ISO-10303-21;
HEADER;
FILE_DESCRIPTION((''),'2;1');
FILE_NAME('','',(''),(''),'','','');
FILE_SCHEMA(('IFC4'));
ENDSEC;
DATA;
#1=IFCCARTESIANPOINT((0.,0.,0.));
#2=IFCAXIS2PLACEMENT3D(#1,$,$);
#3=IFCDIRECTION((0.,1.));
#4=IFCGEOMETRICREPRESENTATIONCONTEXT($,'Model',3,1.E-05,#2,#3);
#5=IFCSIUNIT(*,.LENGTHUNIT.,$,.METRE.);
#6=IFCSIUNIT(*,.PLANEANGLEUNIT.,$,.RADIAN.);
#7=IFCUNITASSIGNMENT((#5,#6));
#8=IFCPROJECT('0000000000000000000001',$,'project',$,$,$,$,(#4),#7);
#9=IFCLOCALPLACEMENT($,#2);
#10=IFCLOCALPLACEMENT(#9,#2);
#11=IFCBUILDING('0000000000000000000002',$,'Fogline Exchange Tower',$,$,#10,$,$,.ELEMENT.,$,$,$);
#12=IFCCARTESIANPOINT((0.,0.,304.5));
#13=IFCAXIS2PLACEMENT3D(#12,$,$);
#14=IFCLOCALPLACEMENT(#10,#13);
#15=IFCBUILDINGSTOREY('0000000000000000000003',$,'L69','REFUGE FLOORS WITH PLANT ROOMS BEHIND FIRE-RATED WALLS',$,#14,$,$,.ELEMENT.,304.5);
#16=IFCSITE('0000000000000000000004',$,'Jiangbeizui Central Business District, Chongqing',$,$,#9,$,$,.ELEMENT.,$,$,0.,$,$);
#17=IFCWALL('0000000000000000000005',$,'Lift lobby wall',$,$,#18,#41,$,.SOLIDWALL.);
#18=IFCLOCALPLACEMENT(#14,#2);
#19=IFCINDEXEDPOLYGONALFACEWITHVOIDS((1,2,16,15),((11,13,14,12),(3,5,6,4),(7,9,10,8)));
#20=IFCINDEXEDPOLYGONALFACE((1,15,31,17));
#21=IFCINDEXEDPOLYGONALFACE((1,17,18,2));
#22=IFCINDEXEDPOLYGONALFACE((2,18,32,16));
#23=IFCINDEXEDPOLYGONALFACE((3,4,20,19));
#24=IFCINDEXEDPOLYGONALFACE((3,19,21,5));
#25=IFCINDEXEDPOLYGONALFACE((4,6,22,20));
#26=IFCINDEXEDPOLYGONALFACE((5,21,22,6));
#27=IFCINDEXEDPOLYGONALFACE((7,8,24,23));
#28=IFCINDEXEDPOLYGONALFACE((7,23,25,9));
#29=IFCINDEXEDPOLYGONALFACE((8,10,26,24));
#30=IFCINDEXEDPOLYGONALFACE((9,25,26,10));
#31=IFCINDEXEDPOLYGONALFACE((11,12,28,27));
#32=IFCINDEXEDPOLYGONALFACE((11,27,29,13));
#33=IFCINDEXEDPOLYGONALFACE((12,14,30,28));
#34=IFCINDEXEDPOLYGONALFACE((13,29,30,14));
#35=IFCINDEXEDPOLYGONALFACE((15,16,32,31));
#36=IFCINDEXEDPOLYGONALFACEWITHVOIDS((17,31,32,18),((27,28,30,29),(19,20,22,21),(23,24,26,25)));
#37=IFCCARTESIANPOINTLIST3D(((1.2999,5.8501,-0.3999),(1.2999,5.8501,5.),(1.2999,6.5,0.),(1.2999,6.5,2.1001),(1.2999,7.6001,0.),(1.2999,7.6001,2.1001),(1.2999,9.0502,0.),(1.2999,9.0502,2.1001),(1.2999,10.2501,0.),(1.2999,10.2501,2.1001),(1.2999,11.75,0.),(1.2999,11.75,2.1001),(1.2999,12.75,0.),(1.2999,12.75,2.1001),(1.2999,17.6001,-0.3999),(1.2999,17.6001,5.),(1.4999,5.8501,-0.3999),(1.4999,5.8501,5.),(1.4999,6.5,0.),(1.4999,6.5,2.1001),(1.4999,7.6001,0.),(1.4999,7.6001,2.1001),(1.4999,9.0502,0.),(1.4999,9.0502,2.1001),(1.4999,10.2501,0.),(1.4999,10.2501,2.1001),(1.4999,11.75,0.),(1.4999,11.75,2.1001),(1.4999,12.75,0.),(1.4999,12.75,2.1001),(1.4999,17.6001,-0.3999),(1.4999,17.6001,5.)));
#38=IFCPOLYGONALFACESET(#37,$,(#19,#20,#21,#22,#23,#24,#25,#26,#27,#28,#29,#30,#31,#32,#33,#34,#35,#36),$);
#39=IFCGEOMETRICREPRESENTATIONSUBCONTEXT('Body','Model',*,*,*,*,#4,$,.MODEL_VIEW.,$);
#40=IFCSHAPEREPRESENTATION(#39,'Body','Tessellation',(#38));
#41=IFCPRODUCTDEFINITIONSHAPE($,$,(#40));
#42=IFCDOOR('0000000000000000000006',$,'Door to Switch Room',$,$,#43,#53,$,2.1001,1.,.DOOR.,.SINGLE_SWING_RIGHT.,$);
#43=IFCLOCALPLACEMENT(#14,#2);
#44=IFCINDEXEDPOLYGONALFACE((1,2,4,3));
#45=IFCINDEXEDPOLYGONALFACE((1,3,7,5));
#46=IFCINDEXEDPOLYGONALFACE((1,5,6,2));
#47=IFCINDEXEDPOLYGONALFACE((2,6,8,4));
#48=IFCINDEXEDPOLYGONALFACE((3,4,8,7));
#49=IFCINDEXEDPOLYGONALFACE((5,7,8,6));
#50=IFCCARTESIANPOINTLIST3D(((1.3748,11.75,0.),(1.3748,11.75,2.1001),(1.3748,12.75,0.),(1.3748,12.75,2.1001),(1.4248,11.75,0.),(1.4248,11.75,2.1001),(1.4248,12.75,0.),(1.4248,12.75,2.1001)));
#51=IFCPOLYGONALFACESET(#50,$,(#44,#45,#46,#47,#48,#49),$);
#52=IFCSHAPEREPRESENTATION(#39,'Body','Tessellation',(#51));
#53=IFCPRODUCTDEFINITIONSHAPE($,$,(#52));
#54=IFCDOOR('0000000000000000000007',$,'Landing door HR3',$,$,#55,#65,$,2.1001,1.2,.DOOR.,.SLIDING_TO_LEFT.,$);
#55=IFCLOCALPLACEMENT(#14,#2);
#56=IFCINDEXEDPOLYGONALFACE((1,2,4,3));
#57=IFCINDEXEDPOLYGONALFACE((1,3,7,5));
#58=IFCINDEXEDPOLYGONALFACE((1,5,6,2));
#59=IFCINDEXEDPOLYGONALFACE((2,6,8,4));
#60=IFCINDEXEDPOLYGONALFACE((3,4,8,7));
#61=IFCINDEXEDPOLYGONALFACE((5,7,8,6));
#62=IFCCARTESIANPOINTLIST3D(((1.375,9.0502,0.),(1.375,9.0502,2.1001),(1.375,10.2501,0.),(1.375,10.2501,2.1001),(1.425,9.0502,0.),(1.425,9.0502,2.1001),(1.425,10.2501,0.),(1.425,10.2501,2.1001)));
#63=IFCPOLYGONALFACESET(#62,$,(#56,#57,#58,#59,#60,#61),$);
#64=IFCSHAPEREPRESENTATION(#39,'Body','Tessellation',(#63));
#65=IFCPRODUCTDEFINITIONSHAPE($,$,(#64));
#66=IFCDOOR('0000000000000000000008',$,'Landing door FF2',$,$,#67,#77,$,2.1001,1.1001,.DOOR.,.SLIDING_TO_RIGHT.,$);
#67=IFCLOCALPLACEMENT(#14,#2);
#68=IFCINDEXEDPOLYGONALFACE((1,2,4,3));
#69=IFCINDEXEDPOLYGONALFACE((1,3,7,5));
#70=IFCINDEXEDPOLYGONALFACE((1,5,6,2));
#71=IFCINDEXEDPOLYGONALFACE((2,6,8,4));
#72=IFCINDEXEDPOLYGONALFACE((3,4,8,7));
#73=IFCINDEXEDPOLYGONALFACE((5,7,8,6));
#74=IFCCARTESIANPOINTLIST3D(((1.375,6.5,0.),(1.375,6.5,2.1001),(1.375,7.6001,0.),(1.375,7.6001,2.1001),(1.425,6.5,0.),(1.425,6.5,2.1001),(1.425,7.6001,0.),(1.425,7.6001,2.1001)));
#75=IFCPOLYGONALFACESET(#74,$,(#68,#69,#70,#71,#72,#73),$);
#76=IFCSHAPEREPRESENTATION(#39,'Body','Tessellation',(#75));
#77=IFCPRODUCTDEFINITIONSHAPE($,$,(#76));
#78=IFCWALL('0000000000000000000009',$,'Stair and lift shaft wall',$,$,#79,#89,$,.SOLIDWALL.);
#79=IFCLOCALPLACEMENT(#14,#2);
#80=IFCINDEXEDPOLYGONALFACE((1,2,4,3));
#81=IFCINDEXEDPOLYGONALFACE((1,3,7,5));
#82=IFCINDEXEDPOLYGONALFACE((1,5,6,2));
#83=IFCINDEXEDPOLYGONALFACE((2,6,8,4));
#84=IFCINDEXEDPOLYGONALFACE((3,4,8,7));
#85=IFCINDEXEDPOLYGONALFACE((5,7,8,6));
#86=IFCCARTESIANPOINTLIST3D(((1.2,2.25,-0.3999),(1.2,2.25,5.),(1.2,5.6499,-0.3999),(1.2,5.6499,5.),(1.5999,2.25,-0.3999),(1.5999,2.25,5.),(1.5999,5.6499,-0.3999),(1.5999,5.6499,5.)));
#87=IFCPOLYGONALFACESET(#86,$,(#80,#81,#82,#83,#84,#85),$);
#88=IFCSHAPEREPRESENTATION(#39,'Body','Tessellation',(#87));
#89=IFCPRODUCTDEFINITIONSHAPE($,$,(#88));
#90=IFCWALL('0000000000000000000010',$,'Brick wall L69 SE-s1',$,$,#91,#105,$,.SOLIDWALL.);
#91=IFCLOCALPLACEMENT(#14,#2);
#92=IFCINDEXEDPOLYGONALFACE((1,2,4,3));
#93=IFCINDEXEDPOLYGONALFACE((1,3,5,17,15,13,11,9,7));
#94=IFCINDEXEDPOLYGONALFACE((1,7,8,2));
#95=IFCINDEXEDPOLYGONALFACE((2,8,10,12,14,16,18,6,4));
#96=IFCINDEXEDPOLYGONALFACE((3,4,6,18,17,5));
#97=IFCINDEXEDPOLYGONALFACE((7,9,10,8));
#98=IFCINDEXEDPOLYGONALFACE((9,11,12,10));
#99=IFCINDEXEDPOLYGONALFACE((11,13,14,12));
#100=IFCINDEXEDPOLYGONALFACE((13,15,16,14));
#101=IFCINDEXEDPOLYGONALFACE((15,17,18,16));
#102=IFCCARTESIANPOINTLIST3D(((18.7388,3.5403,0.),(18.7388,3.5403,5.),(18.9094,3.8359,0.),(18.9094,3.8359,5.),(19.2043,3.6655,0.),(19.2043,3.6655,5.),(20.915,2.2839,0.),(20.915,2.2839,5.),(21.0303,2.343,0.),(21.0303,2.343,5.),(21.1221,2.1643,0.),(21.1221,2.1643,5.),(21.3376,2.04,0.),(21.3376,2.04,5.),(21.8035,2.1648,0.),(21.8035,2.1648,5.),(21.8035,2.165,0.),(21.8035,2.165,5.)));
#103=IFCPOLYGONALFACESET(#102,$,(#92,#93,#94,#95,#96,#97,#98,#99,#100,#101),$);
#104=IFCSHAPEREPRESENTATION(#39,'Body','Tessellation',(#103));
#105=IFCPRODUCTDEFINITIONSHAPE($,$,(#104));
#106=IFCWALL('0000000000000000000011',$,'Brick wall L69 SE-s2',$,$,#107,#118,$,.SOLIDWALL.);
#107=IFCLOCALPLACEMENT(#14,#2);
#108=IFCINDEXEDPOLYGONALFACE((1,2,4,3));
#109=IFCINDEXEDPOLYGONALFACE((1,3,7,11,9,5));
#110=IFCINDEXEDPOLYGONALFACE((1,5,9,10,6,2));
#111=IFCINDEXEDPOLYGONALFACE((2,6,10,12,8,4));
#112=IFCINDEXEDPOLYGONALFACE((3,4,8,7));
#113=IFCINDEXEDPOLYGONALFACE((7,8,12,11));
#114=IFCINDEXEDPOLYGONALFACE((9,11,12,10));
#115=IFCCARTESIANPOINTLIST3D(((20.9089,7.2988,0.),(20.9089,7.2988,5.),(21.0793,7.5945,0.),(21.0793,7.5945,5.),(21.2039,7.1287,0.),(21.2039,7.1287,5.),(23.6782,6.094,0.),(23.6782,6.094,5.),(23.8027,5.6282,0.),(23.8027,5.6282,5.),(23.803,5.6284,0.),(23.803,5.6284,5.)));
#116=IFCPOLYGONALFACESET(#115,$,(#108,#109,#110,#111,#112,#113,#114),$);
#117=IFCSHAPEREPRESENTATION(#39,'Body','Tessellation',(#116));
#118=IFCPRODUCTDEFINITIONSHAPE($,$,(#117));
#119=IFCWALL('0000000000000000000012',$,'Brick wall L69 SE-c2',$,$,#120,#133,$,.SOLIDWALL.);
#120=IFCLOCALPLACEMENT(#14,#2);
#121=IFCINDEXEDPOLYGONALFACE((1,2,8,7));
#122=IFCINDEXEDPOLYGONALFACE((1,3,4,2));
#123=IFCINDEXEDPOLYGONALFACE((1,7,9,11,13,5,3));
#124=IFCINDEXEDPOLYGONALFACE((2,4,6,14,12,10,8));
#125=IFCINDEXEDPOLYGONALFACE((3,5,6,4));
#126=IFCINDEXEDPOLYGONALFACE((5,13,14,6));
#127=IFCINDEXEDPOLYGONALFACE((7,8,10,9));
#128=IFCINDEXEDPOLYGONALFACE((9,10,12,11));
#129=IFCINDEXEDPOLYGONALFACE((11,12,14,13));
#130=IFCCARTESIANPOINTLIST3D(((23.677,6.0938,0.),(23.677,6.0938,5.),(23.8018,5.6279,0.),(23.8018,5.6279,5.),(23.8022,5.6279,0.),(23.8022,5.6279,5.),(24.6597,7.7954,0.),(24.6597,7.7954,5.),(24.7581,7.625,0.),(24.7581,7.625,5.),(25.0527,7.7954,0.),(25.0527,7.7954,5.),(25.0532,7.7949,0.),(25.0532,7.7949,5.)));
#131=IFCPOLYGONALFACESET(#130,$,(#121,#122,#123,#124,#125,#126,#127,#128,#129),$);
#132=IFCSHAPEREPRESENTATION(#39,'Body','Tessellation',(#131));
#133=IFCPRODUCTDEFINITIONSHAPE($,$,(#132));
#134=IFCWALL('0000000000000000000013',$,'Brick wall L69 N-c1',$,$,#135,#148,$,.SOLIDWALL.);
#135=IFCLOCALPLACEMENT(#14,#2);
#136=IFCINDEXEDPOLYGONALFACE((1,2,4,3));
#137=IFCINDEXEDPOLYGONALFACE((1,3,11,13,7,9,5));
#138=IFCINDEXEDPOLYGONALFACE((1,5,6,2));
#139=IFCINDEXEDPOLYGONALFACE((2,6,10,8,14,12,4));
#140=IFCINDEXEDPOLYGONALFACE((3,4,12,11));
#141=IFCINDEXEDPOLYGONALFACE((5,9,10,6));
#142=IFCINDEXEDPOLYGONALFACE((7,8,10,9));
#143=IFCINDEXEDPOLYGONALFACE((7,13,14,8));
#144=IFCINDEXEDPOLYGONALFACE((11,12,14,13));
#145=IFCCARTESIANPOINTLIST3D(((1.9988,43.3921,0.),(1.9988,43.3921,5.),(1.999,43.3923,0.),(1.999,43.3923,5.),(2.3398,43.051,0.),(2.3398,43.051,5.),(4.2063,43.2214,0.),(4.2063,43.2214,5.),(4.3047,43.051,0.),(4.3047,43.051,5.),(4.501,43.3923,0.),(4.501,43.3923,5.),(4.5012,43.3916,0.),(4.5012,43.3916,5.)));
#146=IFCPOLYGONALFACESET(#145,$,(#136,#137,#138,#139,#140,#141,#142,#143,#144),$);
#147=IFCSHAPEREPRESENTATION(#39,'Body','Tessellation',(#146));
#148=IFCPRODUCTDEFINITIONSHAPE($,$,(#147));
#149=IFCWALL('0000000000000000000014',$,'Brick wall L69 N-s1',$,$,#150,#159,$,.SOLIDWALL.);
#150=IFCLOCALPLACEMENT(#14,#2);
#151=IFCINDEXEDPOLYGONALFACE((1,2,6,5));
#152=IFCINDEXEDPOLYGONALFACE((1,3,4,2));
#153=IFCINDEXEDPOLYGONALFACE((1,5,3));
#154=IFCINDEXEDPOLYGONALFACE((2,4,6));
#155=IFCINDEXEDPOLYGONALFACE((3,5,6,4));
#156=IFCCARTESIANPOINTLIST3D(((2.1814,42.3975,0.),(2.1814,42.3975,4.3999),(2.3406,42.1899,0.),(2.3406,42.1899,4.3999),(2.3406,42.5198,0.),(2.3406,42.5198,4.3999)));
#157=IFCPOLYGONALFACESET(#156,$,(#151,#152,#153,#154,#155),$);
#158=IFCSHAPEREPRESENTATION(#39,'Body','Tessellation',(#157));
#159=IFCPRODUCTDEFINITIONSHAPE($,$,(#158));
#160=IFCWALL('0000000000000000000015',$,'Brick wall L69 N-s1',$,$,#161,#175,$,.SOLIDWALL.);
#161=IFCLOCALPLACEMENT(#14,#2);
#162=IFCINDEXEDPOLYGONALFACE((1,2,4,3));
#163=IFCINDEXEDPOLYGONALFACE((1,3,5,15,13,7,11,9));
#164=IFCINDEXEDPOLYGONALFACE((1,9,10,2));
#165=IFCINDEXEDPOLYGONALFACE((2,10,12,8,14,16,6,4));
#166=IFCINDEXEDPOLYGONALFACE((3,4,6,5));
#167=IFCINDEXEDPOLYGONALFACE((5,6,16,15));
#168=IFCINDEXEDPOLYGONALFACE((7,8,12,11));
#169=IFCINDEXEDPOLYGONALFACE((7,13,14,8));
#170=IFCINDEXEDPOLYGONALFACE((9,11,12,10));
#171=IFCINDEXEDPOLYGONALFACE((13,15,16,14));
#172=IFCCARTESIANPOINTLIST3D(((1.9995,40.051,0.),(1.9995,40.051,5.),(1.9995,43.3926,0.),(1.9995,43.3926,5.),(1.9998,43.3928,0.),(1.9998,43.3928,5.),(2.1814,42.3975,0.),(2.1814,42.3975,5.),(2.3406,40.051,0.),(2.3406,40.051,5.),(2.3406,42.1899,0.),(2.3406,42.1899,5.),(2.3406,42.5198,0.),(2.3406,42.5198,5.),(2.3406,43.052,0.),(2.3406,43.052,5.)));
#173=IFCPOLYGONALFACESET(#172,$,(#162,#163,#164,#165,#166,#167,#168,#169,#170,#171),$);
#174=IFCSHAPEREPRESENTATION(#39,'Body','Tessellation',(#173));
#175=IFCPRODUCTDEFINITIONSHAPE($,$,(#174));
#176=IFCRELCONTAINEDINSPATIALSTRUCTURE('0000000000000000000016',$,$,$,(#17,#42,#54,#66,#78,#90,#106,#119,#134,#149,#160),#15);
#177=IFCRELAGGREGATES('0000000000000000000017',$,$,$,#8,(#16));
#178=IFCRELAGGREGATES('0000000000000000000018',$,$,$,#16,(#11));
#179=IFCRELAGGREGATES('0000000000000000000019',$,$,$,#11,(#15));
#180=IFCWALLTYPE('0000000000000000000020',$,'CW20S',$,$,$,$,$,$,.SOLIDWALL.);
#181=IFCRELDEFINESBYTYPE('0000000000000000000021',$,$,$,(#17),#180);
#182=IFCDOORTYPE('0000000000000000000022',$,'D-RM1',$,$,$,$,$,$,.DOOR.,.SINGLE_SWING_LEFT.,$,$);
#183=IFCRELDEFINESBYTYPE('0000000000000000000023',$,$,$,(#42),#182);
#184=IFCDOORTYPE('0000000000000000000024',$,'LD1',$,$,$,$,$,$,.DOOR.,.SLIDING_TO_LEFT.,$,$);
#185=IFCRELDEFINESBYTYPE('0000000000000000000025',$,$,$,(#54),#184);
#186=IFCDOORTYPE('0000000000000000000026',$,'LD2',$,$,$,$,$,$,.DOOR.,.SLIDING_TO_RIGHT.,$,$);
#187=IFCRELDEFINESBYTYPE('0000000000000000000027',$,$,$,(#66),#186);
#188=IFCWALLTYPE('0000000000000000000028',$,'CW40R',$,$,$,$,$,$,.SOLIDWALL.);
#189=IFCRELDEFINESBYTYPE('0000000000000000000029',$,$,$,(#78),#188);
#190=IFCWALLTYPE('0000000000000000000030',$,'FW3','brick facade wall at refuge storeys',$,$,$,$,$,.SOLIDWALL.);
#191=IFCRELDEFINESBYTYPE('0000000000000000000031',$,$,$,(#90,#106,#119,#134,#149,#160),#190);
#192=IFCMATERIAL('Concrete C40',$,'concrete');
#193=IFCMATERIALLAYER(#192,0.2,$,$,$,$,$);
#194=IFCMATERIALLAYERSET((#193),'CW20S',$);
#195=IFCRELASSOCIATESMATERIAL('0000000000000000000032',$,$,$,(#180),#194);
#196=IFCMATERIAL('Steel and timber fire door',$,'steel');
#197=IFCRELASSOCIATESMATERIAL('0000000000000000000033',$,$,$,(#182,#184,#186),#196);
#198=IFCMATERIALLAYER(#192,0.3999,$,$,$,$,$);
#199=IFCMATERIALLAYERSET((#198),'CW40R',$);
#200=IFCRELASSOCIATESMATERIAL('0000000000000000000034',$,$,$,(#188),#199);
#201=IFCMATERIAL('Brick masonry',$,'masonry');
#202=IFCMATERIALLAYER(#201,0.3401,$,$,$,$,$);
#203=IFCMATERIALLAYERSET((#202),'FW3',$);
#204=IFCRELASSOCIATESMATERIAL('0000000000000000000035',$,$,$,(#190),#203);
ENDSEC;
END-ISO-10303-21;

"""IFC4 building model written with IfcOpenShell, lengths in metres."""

from ifc_helpers import new_model, si_unit, direction, frame, frame_2d, origin, place, context, subcontext, project, spatial, polyline, rectangle, outline, extrude, material, layer, layer_set, type_object, element, fill, save


model = new_model("IFC4")

# Units and contexts
model_context = context("Model", 3, precision=1e-05, world=origin(), true_north=direction((0.0, 1.0)))
body_context = subcontext(model_context, "Body", "Model", "MODEL_VIEW")
ifc_project = project(units=[si_unit("LENGTHUNIT", "METRE"), si_unit("PLANEANGLEUNIT", "RADIAN")], contexts=[model_context])

# Site, building, storey
site_placement = place(None, origin())
site = spatial("IfcSite", under=ifc_project, at=site_placement, Name="Jiangbeizui Central Business District, Chongqing", CompositionType="ELEMENT", RefElevation=0.0)
building_placement = place(site_placement, origin())
building = spatial("IfcBuilding", under=site, at=building_placement, Name="Fogline Exchange Tower", CompositionType="ELEMENT")
storey_placement = place(building_placement, frame((0.0, 0.0, 304.5)))
storey = spatial("IfcBuildingStorey", under=building, at=storey_placement, Name="L69", Description="REFUGE FLOORS WITH PLANT ROOMS BEHIND FIRE-RATED WALLS", CompositionType="ELEMENT", Elevation=304.5)

# Shared definitions
ifc_material_1 = material(Name="Concrete C40", Category="concrete")

# Wall, openings, doors
ifc_layer_1 = layer(ifc_material_1, 0.2)
ifc_layer_set_1 = layer_set([ifc_layer_1], Name="CW20S")
wall_type_1 = type_object("IfcWallType", Name="CW20S", PredefinedType="SOLIDWALL", material=ifc_layer_set_1)
wall_1_placement = place(storey_placement, frame((1.3999, 5.8501, -0.3999), z_axis=(0.0, 0.0, 1.0), x_axis=(0.0, 1.0, 0.0)))
wall_1 = element("IfcWall", 1, at=wall_1_placement, inside=storey, type_object=wall_type_1, Name="Lift lobby wall", PredefinedType="SOLIDWALL", context=body_context, shape_type="SweptSolid", body=[
    extrude(rectangle(XDim=11.75, YDim=0.2, at=frame_2d((5.875, 0.0))), origin(), (0.0, 0.0, 1.0), 5.3999),
])
opening_1_placement = place(wall_1_placement, frame((3.2, 0.0, 0.3999)))
opening_1 = element("IfcOpeningElement", 2, at=opening_1_placement, cuts=wall_1, PredefinedType="OPENING", context=body_context, shape_type="SweptSolid", body=[
    extrude(rectangle(XDim=1.2, YDim=2.1001, at=frame_2d((0.6001, 1.05))), frame((0.0, 0.1099, 0.0), z_axis=(0.0, -1.0, 0.0), x_axis=(1.0, 0.0, 0.0)), (0.0, 0.0, 1.0), 0.22),
])
opening_2_placement = place(wall_1_placement, frame((0.6499, 0.0, 0.3999)))
opening_2 = element("IfcOpeningElement", 3, at=opening_2_placement, cuts=wall_1, PredefinedType="OPENING", context=body_context, shape_type="SweptSolid", body=[
    extrude(rectangle(XDim=1.1001, YDim=2.1001, at=frame_2d((0.55, 1.05))), frame((0.0, 0.1099, 0.0), z_axis=(0.0, -1.0, 0.0), x_axis=(1.0, 0.0, 0.0)), (0.0, 0.0, 1.0), 0.22),
])
opening_3_placement = place(wall_1_placement, frame((5.8999, 0.0, 0.3999)))
opening_3 = element("IfcOpeningElement", 4, at=opening_3_placement, cuts=wall_1, PredefinedType="OPENING", context=body_context, shape_type="SweptSolid", body=[
    extrude(rectangle(XDim=1.0, YDim=2.1001, at=frame_2d((0.5, 1.05))), frame((0.0, 0.1099, 0.0), z_axis=(0.0, -1.0, 0.0), x_axis=(1.0, 0.0, 0.0)), (0.0, 0.0, 1.0), 0.22),
])
ifc_material_2 = material(Name="Steel and timber fire door", Category="steel")
door_type_1 = type_object("IfcDoorType", Name="D-RM1", OperationType="SINGLE_SWING_LEFT", PredefinedType="DOOR", material=ifc_material_2)
door_1_placement = place(opening_3_placement, frame((1.0, 0.0, 0.0), z_axis=(0.0, 0.0, 1.0), x_axis=(-1.0, 0.0, 0.0)))
door_1 = element("IfcDoor", 5, at=door_1_placement, inside=storey, type_object=door_type_1, Name="Door to Switch Room", OperationType="SINGLE_SWING_RIGHT", OverallHeight=2.1001, OverallWidth=1.0, PredefinedType="DOOR", context=body_context, shape_type="SweptSolid", body=[
    extrude(rectangle(XDim=1.0, YDim=2.1001, at=frame_2d((0.5, 1.05))), frame((0.0, 0.0249, 0.0), z_axis=(0.0, -1.0, 0.0), x_axis=(1.0, 0.0, 0.0)), (0.0, 0.0, 1.0), 0.05),
])
fill(opening_3, door_1)
door_type_2 = type_object("IfcDoorType", Name="LD1", OperationType="SLIDING_TO_LEFT", PredefinedType="DOOR", material=ifc_material_2)
door_2_placement = place(opening_1_placement, origin())
door_2 = element("IfcDoor", 6, at=door_2_placement, inside=storey, type_object=door_type_2, Name="Landing door HR3", OperationType="SLIDING_TO_LEFT", OverallHeight=2.1001, OverallWidth=1.2, PredefinedType="DOOR", context=body_context, shape_type="SweptSolid", body=[
    extrude(rectangle(XDim=1.2, YDim=2.1001, at=frame_2d((0.6001, 1.05))), frame((0.0, 0.0249, 0.0), z_axis=(0.0, -1.0, 0.0), x_axis=(1.0, 0.0, 0.0)), (0.0, 0.0, 1.0), 0.05),
])
fill(opening_1, door_2)
door_type_3 = type_object("IfcDoorType", Name="LD2", OperationType="SLIDING_TO_RIGHT", PredefinedType="DOOR", material=ifc_material_2)
door_3_placement = place(opening_2_placement, origin())
door_3 = element("IfcDoor", 7, at=door_3_placement, inside=storey, type_object=door_type_3, Name="Landing door FF2", OperationType="SLIDING_TO_RIGHT", OverallHeight=2.1001, OverallWidth=1.1001, PredefinedType="DOOR", context=body_context, shape_type="SweptSolid", body=[
    extrude(rectangle(XDim=1.1001, YDim=2.1001, at=frame_2d((0.55, 1.05))), frame((0.0, 0.0249, 0.0), z_axis=(0.0, -1.0, 0.0), x_axis=(1.0, 0.0, 0.0)), (0.0, 0.0, 1.0), 0.05),
])
fill(opening_2, door_3)

# Walls
ifc_layer_2 = layer(ifc_material_1, 0.3999)
ifc_layer_set_2 = layer_set([ifc_layer_2], Name="CW40R")
wall_type_2 = type_object("IfcWallType", Name="CW40R", PredefinedType="SOLIDWALL", material=ifc_layer_set_2)
wall_2_placement = place(storey_placement, frame((1.3999, 2.25, -0.3999), z_axis=(0.0, 0.0, 1.0), x_axis=(0.0, 1.0, 0.0)))
element("IfcWall", 8, at=wall_2_placement, inside=storey, type_object=wall_type_2, Name="Stair and lift shaft wall", PredefinedType="SOLIDWALL", context=body_context, shape_type="SweptSolid", body=[
    extrude(rectangle(XDim=3.3999, YDim=0.3999, at=frame_2d((1.7, 0.0))), origin(), (0.0, 0.0, 1.0), 5.3999),
])
ifc_material_3 = material(Name="Brick masonry", Category="masonry")
ifc_layer_3 = layer(ifc_material_3, 0.3401)
ifc_layer_set_3 = layer_set([ifc_layer_3], Name="FW3")
wall_type_3 = type_object("IfcWallType", Name="FW3", Description="brick facade wall at refuge storeys", PredefinedType="SOLIDWALL", material=ifc_layer_set_3)
wall_3_placement = place(storey_placement, origin())
element("IfcWall", 9, at=wall_3_placement, inside=storey, type_object=wall_type_3, Name="Brick wall L69 SE-s1", PredefinedType="SOLIDWALL", context=body_context, shape_type="SweptSolid", body=[
    extrude(outline(polyline([(18.9094, 3.8359), (19.2043, 3.6655), (21.8035, 2.165), (21.8035, 2.1648), (21.3376, 2.04), (21.1221, 2.1643), (21.0303, 2.343), (20.915, 2.2839), (18.7388, 3.5403), (18.9094, 3.8359)])), origin(), (0.0, 0.0, 1.0), 5.0),
])
wall_4_placement = place(storey_placement, origin())
element("IfcWall", 10, at=wall_4_placement, inside=storey, type_object=wall_type_3, Name="Brick wall L69 SE-s2", PredefinedType="SOLIDWALL", context=body_context, shape_type="SweptSolid", body=[
    extrude(outline(polyline([(23.8027, 5.6282), (21.2039, 7.1287), (20.9089, 7.2988), (21.0793, 7.5945), (23.6782, 6.094), (23.803, 5.6284), (23.8027, 5.6282)])), origin(), (0.0, 0.0, 1.0), 5.0),
])
wall_5_placement = place(storey_placement, origin())
element("IfcWall", 11, at=wall_5_placement, inside=storey, type_object=wall_type_3, Name="Brick wall L69 SE-c2", PredefinedType="SOLIDWALL", context=body_context, shape_type="SweptSolid", body=[
    extrude(outline(polyline([(24.6597, 7.7954), (24.7581, 7.625), (25.0527, 7.7954), (25.0532, 7.7949), (23.8022, 5.6279), (23.8018, 5.6279), (23.677, 6.0938), (24.6597, 7.7954)])), origin(), (0.0, 0.0, 1.0), 5.0),
])
wall_6_placement = place(storey_placement, origin())
element("IfcWall", 12, at=wall_6_placement, inside=storey, type_object=wall_type_3, Name="Brick wall L69 N-c1", PredefinedType="SOLIDWALL", context=body_context, shape_type="SweptSolid", body=[
    extrude(outline(polyline([(1.999, 43.3923), (4.501, 43.3923), (4.5012, 43.3916), (4.2063, 43.2214), (4.3047, 43.051), (2.3398, 43.051), (1.9988, 43.3921), (1.999, 43.3923)])), origin(), (0.0, 0.0, 1.0), 5.0),
])
wall_7_placement = place(storey_placement, origin())
element("IfcWall", 13, at=wall_7_placement, inside=storey, type_object=wall_type_3, Name="Brick wall L69 N-s1", PredefinedType="SOLIDWALL", context=body_context, shape_type="SweptSolid", body=[
    extrude(outline(polyline([(2.3406, 42.1899), (2.1814, 42.3975), (2.3406, 42.5198), (2.3406, 42.1899)])), origin(), (0.0, 0.0, 1.0), 4.3999),
])
wall_8_placement = place(storey_placement, origin())
element("IfcWall", 14, at=wall_8_placement, inside=storey, type_object=wall_type_3, Name="Brick wall L69 N-s1", PredefinedType="SOLIDWALL", context=body_context, shape_type="SweptSolid", body=[
    extrude(outline(polyline([(1.9995, 40.051), (1.9995, 43.3926), (1.9998, 43.3928), (2.3406, 43.052), (2.3406, 42.5198), (2.1814, 42.3975), (2.3406, 42.1899), (2.3406, 40.051), (1.9995, 40.051)])), origin(), (0.0, 0.0, 1.0), 5.0),
])

save(model, "model.ifc")
